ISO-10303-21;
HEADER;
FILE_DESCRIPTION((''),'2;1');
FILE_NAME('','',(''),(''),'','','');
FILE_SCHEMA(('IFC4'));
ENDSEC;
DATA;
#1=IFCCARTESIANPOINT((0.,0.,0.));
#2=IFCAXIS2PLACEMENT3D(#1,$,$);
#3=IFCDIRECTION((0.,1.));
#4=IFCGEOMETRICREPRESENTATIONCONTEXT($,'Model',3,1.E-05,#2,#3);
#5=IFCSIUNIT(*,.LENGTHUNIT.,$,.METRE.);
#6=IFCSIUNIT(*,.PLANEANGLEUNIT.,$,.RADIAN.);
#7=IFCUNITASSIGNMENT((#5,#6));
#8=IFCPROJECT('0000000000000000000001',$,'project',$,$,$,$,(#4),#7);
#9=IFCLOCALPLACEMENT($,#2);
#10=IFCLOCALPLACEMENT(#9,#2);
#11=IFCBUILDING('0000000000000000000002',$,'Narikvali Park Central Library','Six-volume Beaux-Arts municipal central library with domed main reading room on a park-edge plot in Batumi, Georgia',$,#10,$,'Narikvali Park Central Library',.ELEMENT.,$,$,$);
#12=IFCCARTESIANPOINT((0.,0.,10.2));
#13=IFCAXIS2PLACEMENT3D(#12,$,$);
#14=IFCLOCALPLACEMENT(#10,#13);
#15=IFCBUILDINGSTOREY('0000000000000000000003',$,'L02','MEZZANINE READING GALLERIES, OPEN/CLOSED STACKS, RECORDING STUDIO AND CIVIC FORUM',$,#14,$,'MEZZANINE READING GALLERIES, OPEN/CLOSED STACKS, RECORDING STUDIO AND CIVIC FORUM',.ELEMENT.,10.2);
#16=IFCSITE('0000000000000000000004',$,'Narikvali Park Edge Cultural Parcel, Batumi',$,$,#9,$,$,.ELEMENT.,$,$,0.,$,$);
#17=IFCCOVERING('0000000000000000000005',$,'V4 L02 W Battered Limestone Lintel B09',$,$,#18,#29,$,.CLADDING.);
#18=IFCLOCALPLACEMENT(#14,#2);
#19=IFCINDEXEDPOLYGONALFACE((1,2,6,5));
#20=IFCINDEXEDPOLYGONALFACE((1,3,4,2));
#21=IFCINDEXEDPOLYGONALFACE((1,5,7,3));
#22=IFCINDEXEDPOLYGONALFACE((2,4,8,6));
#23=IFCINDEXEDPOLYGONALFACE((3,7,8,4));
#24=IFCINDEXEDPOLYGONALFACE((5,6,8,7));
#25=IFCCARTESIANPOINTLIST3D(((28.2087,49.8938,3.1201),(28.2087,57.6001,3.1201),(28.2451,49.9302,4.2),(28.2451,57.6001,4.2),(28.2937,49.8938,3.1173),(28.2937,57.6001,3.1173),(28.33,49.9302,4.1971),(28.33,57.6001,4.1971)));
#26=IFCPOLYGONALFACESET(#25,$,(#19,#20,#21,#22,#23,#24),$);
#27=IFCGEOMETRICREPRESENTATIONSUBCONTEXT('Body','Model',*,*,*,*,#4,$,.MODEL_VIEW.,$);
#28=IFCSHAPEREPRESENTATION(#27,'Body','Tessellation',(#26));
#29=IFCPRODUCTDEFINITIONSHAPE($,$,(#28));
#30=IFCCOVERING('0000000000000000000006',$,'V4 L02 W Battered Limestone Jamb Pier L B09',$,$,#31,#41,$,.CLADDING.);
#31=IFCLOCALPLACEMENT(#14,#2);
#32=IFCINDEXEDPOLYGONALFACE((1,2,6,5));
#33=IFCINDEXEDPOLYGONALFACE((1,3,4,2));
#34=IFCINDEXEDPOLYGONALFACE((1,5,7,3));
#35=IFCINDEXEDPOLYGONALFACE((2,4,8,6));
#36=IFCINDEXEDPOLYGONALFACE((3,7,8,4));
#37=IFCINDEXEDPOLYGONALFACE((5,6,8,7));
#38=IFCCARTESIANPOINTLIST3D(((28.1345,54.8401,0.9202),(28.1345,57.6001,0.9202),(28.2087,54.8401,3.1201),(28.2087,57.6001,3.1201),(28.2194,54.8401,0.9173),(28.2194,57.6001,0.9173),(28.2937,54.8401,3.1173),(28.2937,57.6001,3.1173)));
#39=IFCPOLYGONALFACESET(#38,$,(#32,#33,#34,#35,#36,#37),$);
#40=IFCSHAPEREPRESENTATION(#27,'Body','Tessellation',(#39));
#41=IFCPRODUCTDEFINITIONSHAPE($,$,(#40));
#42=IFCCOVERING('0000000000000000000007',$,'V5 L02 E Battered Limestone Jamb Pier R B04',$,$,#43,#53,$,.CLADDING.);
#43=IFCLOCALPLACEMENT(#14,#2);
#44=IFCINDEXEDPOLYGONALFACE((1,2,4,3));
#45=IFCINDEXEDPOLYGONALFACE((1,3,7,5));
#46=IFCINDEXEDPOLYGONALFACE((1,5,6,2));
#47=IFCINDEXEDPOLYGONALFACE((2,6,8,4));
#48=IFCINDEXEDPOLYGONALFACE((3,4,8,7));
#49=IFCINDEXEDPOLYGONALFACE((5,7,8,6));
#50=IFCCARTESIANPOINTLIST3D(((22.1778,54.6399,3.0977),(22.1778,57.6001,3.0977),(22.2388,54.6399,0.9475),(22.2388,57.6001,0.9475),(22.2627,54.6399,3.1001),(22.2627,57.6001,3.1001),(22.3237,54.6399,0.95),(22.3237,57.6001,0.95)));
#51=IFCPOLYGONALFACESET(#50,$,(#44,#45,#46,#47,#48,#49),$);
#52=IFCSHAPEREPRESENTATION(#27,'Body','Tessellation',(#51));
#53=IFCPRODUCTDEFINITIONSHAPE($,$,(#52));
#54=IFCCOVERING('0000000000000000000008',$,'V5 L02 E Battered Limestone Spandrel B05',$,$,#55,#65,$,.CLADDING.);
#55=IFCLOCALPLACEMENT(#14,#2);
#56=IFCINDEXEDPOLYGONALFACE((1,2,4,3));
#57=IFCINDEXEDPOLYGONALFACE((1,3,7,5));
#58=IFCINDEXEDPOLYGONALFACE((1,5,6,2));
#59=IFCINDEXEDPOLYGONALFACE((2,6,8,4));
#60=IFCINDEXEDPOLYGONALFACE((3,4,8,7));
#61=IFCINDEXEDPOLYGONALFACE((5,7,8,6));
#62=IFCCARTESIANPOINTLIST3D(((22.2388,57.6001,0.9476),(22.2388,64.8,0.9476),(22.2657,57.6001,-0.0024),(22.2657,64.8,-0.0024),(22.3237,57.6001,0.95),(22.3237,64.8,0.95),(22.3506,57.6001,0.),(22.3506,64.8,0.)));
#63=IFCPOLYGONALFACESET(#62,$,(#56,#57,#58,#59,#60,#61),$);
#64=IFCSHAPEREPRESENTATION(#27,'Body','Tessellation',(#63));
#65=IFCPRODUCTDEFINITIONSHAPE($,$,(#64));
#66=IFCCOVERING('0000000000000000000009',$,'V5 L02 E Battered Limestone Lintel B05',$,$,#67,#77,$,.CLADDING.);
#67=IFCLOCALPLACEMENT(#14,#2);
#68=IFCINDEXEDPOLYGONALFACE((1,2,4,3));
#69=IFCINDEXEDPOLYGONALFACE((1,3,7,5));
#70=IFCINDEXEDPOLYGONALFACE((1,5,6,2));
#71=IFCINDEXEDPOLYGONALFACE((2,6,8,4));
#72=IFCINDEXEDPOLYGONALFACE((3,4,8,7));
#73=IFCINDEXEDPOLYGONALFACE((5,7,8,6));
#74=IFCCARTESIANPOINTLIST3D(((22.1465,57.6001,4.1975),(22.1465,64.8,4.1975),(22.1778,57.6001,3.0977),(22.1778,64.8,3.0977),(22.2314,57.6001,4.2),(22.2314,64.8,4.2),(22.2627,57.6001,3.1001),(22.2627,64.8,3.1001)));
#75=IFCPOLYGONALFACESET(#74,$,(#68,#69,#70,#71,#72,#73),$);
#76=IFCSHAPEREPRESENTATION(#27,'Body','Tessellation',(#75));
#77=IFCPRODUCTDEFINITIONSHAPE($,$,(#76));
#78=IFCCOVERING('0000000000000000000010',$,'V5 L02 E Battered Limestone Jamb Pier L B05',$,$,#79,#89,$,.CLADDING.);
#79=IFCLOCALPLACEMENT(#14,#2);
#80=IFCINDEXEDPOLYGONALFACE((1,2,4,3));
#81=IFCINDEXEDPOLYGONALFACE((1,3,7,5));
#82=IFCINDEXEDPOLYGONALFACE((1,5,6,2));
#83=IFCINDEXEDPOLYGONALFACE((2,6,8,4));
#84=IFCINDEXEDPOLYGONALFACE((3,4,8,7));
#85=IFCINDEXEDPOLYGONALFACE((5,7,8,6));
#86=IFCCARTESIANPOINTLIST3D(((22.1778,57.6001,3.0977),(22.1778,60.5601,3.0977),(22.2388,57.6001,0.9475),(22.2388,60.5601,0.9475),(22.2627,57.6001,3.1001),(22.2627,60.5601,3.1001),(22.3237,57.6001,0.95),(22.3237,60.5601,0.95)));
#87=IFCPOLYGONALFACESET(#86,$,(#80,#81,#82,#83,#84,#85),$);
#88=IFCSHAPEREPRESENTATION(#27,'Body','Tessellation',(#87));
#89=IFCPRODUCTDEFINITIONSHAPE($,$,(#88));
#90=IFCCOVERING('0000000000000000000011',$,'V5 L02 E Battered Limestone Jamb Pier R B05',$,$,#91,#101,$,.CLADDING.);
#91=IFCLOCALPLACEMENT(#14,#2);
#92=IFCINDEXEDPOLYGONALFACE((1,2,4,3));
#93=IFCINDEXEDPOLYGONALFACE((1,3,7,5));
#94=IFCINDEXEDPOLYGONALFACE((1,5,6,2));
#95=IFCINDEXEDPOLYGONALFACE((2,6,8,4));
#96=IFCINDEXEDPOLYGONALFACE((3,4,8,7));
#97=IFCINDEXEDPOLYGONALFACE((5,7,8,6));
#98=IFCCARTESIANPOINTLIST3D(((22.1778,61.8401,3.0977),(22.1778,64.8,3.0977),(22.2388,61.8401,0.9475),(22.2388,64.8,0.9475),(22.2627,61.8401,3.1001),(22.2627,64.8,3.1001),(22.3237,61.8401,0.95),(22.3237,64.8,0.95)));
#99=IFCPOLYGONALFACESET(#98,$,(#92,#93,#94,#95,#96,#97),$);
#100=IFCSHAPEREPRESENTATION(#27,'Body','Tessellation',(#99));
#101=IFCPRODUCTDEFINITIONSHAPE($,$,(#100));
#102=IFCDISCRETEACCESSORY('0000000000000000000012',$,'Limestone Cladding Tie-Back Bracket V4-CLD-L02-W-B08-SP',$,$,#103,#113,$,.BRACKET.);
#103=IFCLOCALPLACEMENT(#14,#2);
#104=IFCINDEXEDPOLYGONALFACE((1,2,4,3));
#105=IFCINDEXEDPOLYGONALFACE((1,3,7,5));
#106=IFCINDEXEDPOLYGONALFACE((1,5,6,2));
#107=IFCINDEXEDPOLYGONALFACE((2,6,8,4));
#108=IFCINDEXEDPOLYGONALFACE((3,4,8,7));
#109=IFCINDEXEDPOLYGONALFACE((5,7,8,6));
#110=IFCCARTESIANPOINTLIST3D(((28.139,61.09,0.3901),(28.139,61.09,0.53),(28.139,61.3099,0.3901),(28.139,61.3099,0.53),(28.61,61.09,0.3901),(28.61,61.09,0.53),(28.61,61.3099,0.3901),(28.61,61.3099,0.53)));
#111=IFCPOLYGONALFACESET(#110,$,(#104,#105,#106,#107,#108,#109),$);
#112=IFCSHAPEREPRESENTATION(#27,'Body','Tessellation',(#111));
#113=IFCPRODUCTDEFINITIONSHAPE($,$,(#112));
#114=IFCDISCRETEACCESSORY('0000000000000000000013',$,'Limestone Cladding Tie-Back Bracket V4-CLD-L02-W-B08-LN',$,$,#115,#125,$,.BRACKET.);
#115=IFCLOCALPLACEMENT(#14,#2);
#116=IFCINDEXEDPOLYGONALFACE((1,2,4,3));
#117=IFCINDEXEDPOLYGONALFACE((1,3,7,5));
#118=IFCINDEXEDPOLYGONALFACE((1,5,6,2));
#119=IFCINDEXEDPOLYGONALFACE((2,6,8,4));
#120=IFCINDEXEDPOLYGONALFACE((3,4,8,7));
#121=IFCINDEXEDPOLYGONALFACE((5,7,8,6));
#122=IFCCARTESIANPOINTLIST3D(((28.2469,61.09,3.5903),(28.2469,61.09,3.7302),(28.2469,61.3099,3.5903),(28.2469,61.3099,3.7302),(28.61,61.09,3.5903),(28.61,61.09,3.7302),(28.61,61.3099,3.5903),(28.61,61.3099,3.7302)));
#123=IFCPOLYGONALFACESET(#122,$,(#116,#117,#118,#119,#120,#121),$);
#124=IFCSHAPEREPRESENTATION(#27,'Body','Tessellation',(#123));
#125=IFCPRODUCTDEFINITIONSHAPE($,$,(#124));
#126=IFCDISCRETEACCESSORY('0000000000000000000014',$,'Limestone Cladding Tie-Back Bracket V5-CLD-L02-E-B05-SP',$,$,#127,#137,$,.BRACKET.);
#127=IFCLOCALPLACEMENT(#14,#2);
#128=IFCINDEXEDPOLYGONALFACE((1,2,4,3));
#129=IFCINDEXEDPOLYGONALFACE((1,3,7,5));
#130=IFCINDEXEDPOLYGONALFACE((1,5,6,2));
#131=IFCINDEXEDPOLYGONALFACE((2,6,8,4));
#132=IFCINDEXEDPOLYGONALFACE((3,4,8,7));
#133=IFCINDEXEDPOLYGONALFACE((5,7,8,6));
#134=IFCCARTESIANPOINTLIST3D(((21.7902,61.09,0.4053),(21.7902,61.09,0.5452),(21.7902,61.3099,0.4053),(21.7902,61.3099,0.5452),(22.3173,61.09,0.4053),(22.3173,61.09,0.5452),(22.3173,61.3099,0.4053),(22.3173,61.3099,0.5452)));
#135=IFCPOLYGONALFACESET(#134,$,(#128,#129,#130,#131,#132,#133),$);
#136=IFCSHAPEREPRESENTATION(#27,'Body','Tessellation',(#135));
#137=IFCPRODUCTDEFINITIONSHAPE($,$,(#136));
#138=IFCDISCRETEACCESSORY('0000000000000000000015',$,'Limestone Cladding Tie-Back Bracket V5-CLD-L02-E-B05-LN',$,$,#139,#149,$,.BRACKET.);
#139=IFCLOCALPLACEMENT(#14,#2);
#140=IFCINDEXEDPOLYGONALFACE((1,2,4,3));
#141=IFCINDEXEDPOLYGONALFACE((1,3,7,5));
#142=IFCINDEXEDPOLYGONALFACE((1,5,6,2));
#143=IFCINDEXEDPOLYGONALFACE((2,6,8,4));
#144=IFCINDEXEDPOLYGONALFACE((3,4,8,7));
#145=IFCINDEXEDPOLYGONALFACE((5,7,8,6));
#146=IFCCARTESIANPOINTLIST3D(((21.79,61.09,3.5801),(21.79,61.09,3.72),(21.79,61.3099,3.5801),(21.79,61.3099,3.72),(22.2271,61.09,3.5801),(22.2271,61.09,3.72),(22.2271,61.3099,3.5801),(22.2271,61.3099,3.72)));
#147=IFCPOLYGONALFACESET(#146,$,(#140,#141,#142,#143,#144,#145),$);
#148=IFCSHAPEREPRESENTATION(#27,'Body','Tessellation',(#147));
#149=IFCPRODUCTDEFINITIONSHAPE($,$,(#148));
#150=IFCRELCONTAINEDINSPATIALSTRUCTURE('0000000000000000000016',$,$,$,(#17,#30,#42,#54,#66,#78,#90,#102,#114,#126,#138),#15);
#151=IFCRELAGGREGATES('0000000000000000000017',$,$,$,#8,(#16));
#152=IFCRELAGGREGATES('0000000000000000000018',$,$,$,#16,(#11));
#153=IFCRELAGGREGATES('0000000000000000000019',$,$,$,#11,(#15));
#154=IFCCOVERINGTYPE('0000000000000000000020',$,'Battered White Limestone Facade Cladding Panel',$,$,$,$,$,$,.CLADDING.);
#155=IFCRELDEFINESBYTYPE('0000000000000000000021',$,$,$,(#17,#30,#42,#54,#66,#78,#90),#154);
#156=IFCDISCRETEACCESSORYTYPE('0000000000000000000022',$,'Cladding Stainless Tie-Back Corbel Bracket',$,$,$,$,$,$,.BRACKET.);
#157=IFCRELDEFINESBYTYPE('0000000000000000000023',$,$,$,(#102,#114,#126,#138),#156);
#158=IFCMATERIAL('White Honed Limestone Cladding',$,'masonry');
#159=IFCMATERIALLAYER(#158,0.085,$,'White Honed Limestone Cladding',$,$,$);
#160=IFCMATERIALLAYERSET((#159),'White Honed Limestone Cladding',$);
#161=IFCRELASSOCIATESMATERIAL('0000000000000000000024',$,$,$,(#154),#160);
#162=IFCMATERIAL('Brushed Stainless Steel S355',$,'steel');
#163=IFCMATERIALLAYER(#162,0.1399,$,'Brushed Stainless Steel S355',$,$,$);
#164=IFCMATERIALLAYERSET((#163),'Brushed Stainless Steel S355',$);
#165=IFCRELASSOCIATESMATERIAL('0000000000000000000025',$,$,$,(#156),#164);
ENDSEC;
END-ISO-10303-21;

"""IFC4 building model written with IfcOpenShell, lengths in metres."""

from ifc_helpers import new_model, si_unit, direction, frame, origin, origin_2d, place, context, subcontext, project, spatial, polyline, rectangle, outline, extrude, material, layer, layer_set, type_object, element, save


model = new_model("IFC4")

# Units and contexts
model_context = context("Model", 3, precision=1e-05, world=origin(), true_north=direction((0.0, 1.0)))
body_context = subcontext(model_context, "Body", "Model", "MODEL_VIEW")
ifc_project = project(units=[si_unit("LENGTHUNIT", "METRE"), si_unit("PLANEANGLEUNIT", "RADIAN")], contexts=[model_context])

# Site, building, storey
site_placement = place(None, origin())
site = spatial("IfcSite", under=ifc_project, at=site_placement, Name="Narikvali Park Edge Cultural Parcel, Batumi", CompositionType="ELEMENT", RefElevation=0.0)
building_placement = place(site_placement, origin())
building = spatial("IfcBuilding", under=site, at=building_placement, Name="Narikvali Park Central Library", Description="Six-volume Beaux-Arts municipal central library with domed main reading room on a park-edge plot in Batumi, Georgia", LongName="Narikvali Park Central Library", CompositionType="ELEMENT")
storey_placement = place(building_placement, frame((0.0, 0.0, 10.2)))
storey = spatial("IfcBuildingStorey", under=building, at=storey_placement, Name="L02", Description="MEZZANINE READING GALLERIES, OPEN/CLOSED STACKS, RECORDING STUDIO AND CIVIC FORUM", LongName="MEZZANINE READING GALLERIES, OPEN/CLOSED STACKS, RECORDING STUDIO AND CIVIC FORUM", CompositionType="ELEMENT", Elevation=10.2)

# Coverings
ifc_material_1 = material(Name="White Honed Limestone Cladding", Category="masonry")
ifc_layer_1 = layer(ifc_material_1, 0.085, Name="White Honed Limestone Cladding")
ifc_layer_set_1 = layer_set([ifc_layer_1], Name="White Honed Limestone Cladding")
covering_type = type_object("IfcCoveringType", Name="Battered White Limestone Facade Cladding Panel", PredefinedType="CLADDING", material=ifc_layer_set_1)
covering_1_placement = place(storey_placement, frame((28.2087, 57.6001, 3.1201), z_axis=(-0.999433, 0.0, 0.033668), x_axis=(0.0, -1.0, 0.0)))
element("IfcCovering", 1, at=covering_1_placement, inside=storey, type_object=covering_type, Name="V4 L02 W Battered Limestone Lintel B09", PredefinedType="CLADDING", context=body_context, shape_type="SweptSolid", body=[
    extrude(outline(polyline([(0.0, 0.0), (7.7063, 0.0), (7.6699, 1.0804), (0.0, 1.0804), (0.0, 0.0)])), origin(), (0.0, 0.0, -1.0), 0.085),
])
covering_2_placement = place(storey_placement, frame((28.1345, 57.6001, 0.9202), z_axis=(-0.999431, 0.0, 0.033717), x_axis=(0.0, -1.0, 0.0)))
element("IfcCovering", 2, at=covering_2_placement, inside=storey, type_object=covering_type, Name="V4 L02 W Battered Limestone Jamb Pier L B09", PredefinedType="CLADDING", context=body_context, shape_type="SweptSolid", body=[
    extrude(outline(polyline([(0.0, 0.0), (2.76, 0.0), (2.76, 2.2012), (0.0, 2.2012), (0.0, 0.0)])), origin(), (0.0, 0.0, -1.0), 0.085),
])
covering_3_placement = place(storey_placement, frame((22.3237, 54.6399, 0.95), z_axis=(0.999597, 0.0, 0.028375), x_axis=(0.0, 1.0, 0.0)))
element("IfcCovering", 3, at=covering_3_placement, inside=storey, type_object=covering_type, Name="V5 L02 E Battered Limestone Jamb Pier R B04", PredefinedType="CLADDING", context=body_context, shape_type="SweptSolid", body=[
    extrude(outline(polyline([(0.0, 0.0), (2.9602, 0.0), (2.9602, 2.151), (0.0, 2.151), (0.0, 0.0)])), origin(), (0.0, 0.0, -1.0), 0.085),
])
covering_4_placement = place(storey_placement, frame((22.3506, 57.6001, 0.0), z_axis=(0.999601, 0.0, 0.028259), x_axis=(0.0, 1.0, 0.0)))
element("IfcCovering", 4, at=covering_4_placement, inside=storey, type_object=covering_type, Name="V5 L02 E Battered Limestone Spandrel B05", PredefinedType="CLADDING", context=body_context, shape_type="SweptSolid", body=[
    extrude(outline(polyline([(0.0, 0.0), (7.2, 0.0), (7.2, 0.9503), (0.0, 0.9503), (0.0, 0.0)])), origin(), (0.0, 0.0, -1.0), 0.085),
])
covering_5_placement = place(storey_placement, frame((22.2627, 57.6001, 3.1001), z_axis=(0.999597, 0.0, 0.028401), x_axis=(0.0, 1.0, 0.0)))
element("IfcCovering", 5, at=covering_5_placement, inside=storey, type_object=covering_type, Name="V5 L02 E Battered Limestone Lintel B05", PredefinedType="CLADDING", context=body_context, shape_type="SweptSolid", body=[
    extrude(outline(polyline([(0.0, 0.0), (7.2, 0.0), (7.2, 1.1003), (0.0, 1.1003), (0.0, 0.0)])), origin(), (0.0, 0.0, -1.0), 0.085),
])
for number, where, z_axis, x_axis, name in (
    (6, (22.3237, 57.6001, 0.95), (0.999597, 0.0, 0.028375), (0.0, 1.0, 0.0), "V5 L02 E Battered Limestone Jamb Pier L B05"),
    (7, (22.3237, 61.8401, 0.95), (0.999597, 0.0, 0.028375), (0.0, 1.0, 0.0), "V5 L02 E Battered Limestone Jamb Pier R B05"),
):
    element("IfcCovering", number, at=place(storey_placement, frame(where, z_axis=z_axis, x_axis=x_axis)), inside=storey, type_object=covering_type, Name=name, PredefinedType="CLADDING", context=body_context, shape_type="SweptSolid", body=[
        extrude(outline(polyline([(0.0, 0.0), (2.96, 0.0), (2.96, 2.151), (0.0, 2.151), (0.0, 0.0)])), origin(), (0.0, 0.0, -1.0), 0.085),
    ])

# Discrete accessories
ifc_material_2 = material(Name="Brushed Stainless Steel S355", Category="steel")
ifc_layer_2 = layer(ifc_material_2, 0.1399, Name="Brushed Stainless Steel S355")
ifc_layer_set_2 = layer_set([ifc_layer_2], Name="Brushed Stainless Steel S355")
discrete_accessory_type = type_object("IfcDiscreteAccessoryType", Name="Cladding Stainless Tie-Back Corbel Bracket", PredefinedType="BRACKET", material=ifc_layer_set_2)
discrete_accessory_1_placement = place(storey_placement, frame((28.3745, 61.2, 0.3901), z_axis=(0.0, 0.0, 1.0), x_axis=(1.0, 0.0, 0.0)))
element("IfcDiscreteAccessory", 8, at=discrete_accessory_1_placement, inside=storey, type_object=discrete_accessory_type, Name="Limestone Cladding Tie-Back Bracket V4-CLD-L02-W-B08-SP", PredefinedType="BRACKET", context=body_context, shape_type="SweptSolid", body=[
    extrude(rectangle(XDim=0.4709, YDim=0.22, at=origin_2d()), origin(), (0.0, 0.0, 1.0), 0.1399),
])
discrete_accessory_2_placement = place(storey_placement, frame((28.4285, 61.2, 3.5903), z_axis=(0.0, 0.0, 1.0), x_axis=(1.0, 0.0, 0.0)))
element("IfcDiscreteAccessory", 9, at=discrete_accessory_2_placement, inside=storey, type_object=discrete_accessory_type, Name="Limestone Cladding Tie-Back Bracket V4-CLD-L02-W-B08-LN", PredefinedType="BRACKET", context=body_context, shape_type="SweptSolid", body=[
    extrude(rectangle(XDim=0.363, YDim=0.22, at=origin_2d()), origin(), (0.0, 0.0, 1.0), 0.1399),
])
discrete_accessory_3_placement = place(storey_placement, frame((22.0537, 61.2, 0.4053), z_axis=(0.0, 0.0, 1.0), x_axis=(1.0, 0.0, 0.0)))
element("IfcDiscreteAccessory", 10, at=discrete_accessory_3_placement, inside=storey, type_object=discrete_accessory_type, Name="Limestone Cladding Tie-Back Bracket V5-CLD-L02-E-B05-SP", PredefinedType="BRACKET", context=body_context, shape_type="SweptSolid", body=[
    extrude(rectangle(XDim=0.5271, YDim=0.22, at=origin_2d()), origin(), (0.0, 0.0, 1.0), 0.1399),
])
discrete_accessory_4_placement = place(storey_placement, frame((22.0085, 61.2, 3.5801), z_axis=(0.0, 0.0, 1.0), x_axis=(1.0, 0.0, 0.0)))
element("IfcDiscreteAccessory", 11, at=discrete_accessory_4_placement, inside=storey, type_object=discrete_accessory_type, Name="Limestone Cladding Tie-Back Bracket V5-CLD-L02-E-B05-LN", PredefinedType="BRACKET", context=body_context, shape_type="SweptSolid", body=[
    extrude(rectangle(XDim=0.437, YDim=0.22, at=origin_2d()), origin(), (0.0, 0.0, 1.0), 0.1399),
])

save(model, "model.ifc")
